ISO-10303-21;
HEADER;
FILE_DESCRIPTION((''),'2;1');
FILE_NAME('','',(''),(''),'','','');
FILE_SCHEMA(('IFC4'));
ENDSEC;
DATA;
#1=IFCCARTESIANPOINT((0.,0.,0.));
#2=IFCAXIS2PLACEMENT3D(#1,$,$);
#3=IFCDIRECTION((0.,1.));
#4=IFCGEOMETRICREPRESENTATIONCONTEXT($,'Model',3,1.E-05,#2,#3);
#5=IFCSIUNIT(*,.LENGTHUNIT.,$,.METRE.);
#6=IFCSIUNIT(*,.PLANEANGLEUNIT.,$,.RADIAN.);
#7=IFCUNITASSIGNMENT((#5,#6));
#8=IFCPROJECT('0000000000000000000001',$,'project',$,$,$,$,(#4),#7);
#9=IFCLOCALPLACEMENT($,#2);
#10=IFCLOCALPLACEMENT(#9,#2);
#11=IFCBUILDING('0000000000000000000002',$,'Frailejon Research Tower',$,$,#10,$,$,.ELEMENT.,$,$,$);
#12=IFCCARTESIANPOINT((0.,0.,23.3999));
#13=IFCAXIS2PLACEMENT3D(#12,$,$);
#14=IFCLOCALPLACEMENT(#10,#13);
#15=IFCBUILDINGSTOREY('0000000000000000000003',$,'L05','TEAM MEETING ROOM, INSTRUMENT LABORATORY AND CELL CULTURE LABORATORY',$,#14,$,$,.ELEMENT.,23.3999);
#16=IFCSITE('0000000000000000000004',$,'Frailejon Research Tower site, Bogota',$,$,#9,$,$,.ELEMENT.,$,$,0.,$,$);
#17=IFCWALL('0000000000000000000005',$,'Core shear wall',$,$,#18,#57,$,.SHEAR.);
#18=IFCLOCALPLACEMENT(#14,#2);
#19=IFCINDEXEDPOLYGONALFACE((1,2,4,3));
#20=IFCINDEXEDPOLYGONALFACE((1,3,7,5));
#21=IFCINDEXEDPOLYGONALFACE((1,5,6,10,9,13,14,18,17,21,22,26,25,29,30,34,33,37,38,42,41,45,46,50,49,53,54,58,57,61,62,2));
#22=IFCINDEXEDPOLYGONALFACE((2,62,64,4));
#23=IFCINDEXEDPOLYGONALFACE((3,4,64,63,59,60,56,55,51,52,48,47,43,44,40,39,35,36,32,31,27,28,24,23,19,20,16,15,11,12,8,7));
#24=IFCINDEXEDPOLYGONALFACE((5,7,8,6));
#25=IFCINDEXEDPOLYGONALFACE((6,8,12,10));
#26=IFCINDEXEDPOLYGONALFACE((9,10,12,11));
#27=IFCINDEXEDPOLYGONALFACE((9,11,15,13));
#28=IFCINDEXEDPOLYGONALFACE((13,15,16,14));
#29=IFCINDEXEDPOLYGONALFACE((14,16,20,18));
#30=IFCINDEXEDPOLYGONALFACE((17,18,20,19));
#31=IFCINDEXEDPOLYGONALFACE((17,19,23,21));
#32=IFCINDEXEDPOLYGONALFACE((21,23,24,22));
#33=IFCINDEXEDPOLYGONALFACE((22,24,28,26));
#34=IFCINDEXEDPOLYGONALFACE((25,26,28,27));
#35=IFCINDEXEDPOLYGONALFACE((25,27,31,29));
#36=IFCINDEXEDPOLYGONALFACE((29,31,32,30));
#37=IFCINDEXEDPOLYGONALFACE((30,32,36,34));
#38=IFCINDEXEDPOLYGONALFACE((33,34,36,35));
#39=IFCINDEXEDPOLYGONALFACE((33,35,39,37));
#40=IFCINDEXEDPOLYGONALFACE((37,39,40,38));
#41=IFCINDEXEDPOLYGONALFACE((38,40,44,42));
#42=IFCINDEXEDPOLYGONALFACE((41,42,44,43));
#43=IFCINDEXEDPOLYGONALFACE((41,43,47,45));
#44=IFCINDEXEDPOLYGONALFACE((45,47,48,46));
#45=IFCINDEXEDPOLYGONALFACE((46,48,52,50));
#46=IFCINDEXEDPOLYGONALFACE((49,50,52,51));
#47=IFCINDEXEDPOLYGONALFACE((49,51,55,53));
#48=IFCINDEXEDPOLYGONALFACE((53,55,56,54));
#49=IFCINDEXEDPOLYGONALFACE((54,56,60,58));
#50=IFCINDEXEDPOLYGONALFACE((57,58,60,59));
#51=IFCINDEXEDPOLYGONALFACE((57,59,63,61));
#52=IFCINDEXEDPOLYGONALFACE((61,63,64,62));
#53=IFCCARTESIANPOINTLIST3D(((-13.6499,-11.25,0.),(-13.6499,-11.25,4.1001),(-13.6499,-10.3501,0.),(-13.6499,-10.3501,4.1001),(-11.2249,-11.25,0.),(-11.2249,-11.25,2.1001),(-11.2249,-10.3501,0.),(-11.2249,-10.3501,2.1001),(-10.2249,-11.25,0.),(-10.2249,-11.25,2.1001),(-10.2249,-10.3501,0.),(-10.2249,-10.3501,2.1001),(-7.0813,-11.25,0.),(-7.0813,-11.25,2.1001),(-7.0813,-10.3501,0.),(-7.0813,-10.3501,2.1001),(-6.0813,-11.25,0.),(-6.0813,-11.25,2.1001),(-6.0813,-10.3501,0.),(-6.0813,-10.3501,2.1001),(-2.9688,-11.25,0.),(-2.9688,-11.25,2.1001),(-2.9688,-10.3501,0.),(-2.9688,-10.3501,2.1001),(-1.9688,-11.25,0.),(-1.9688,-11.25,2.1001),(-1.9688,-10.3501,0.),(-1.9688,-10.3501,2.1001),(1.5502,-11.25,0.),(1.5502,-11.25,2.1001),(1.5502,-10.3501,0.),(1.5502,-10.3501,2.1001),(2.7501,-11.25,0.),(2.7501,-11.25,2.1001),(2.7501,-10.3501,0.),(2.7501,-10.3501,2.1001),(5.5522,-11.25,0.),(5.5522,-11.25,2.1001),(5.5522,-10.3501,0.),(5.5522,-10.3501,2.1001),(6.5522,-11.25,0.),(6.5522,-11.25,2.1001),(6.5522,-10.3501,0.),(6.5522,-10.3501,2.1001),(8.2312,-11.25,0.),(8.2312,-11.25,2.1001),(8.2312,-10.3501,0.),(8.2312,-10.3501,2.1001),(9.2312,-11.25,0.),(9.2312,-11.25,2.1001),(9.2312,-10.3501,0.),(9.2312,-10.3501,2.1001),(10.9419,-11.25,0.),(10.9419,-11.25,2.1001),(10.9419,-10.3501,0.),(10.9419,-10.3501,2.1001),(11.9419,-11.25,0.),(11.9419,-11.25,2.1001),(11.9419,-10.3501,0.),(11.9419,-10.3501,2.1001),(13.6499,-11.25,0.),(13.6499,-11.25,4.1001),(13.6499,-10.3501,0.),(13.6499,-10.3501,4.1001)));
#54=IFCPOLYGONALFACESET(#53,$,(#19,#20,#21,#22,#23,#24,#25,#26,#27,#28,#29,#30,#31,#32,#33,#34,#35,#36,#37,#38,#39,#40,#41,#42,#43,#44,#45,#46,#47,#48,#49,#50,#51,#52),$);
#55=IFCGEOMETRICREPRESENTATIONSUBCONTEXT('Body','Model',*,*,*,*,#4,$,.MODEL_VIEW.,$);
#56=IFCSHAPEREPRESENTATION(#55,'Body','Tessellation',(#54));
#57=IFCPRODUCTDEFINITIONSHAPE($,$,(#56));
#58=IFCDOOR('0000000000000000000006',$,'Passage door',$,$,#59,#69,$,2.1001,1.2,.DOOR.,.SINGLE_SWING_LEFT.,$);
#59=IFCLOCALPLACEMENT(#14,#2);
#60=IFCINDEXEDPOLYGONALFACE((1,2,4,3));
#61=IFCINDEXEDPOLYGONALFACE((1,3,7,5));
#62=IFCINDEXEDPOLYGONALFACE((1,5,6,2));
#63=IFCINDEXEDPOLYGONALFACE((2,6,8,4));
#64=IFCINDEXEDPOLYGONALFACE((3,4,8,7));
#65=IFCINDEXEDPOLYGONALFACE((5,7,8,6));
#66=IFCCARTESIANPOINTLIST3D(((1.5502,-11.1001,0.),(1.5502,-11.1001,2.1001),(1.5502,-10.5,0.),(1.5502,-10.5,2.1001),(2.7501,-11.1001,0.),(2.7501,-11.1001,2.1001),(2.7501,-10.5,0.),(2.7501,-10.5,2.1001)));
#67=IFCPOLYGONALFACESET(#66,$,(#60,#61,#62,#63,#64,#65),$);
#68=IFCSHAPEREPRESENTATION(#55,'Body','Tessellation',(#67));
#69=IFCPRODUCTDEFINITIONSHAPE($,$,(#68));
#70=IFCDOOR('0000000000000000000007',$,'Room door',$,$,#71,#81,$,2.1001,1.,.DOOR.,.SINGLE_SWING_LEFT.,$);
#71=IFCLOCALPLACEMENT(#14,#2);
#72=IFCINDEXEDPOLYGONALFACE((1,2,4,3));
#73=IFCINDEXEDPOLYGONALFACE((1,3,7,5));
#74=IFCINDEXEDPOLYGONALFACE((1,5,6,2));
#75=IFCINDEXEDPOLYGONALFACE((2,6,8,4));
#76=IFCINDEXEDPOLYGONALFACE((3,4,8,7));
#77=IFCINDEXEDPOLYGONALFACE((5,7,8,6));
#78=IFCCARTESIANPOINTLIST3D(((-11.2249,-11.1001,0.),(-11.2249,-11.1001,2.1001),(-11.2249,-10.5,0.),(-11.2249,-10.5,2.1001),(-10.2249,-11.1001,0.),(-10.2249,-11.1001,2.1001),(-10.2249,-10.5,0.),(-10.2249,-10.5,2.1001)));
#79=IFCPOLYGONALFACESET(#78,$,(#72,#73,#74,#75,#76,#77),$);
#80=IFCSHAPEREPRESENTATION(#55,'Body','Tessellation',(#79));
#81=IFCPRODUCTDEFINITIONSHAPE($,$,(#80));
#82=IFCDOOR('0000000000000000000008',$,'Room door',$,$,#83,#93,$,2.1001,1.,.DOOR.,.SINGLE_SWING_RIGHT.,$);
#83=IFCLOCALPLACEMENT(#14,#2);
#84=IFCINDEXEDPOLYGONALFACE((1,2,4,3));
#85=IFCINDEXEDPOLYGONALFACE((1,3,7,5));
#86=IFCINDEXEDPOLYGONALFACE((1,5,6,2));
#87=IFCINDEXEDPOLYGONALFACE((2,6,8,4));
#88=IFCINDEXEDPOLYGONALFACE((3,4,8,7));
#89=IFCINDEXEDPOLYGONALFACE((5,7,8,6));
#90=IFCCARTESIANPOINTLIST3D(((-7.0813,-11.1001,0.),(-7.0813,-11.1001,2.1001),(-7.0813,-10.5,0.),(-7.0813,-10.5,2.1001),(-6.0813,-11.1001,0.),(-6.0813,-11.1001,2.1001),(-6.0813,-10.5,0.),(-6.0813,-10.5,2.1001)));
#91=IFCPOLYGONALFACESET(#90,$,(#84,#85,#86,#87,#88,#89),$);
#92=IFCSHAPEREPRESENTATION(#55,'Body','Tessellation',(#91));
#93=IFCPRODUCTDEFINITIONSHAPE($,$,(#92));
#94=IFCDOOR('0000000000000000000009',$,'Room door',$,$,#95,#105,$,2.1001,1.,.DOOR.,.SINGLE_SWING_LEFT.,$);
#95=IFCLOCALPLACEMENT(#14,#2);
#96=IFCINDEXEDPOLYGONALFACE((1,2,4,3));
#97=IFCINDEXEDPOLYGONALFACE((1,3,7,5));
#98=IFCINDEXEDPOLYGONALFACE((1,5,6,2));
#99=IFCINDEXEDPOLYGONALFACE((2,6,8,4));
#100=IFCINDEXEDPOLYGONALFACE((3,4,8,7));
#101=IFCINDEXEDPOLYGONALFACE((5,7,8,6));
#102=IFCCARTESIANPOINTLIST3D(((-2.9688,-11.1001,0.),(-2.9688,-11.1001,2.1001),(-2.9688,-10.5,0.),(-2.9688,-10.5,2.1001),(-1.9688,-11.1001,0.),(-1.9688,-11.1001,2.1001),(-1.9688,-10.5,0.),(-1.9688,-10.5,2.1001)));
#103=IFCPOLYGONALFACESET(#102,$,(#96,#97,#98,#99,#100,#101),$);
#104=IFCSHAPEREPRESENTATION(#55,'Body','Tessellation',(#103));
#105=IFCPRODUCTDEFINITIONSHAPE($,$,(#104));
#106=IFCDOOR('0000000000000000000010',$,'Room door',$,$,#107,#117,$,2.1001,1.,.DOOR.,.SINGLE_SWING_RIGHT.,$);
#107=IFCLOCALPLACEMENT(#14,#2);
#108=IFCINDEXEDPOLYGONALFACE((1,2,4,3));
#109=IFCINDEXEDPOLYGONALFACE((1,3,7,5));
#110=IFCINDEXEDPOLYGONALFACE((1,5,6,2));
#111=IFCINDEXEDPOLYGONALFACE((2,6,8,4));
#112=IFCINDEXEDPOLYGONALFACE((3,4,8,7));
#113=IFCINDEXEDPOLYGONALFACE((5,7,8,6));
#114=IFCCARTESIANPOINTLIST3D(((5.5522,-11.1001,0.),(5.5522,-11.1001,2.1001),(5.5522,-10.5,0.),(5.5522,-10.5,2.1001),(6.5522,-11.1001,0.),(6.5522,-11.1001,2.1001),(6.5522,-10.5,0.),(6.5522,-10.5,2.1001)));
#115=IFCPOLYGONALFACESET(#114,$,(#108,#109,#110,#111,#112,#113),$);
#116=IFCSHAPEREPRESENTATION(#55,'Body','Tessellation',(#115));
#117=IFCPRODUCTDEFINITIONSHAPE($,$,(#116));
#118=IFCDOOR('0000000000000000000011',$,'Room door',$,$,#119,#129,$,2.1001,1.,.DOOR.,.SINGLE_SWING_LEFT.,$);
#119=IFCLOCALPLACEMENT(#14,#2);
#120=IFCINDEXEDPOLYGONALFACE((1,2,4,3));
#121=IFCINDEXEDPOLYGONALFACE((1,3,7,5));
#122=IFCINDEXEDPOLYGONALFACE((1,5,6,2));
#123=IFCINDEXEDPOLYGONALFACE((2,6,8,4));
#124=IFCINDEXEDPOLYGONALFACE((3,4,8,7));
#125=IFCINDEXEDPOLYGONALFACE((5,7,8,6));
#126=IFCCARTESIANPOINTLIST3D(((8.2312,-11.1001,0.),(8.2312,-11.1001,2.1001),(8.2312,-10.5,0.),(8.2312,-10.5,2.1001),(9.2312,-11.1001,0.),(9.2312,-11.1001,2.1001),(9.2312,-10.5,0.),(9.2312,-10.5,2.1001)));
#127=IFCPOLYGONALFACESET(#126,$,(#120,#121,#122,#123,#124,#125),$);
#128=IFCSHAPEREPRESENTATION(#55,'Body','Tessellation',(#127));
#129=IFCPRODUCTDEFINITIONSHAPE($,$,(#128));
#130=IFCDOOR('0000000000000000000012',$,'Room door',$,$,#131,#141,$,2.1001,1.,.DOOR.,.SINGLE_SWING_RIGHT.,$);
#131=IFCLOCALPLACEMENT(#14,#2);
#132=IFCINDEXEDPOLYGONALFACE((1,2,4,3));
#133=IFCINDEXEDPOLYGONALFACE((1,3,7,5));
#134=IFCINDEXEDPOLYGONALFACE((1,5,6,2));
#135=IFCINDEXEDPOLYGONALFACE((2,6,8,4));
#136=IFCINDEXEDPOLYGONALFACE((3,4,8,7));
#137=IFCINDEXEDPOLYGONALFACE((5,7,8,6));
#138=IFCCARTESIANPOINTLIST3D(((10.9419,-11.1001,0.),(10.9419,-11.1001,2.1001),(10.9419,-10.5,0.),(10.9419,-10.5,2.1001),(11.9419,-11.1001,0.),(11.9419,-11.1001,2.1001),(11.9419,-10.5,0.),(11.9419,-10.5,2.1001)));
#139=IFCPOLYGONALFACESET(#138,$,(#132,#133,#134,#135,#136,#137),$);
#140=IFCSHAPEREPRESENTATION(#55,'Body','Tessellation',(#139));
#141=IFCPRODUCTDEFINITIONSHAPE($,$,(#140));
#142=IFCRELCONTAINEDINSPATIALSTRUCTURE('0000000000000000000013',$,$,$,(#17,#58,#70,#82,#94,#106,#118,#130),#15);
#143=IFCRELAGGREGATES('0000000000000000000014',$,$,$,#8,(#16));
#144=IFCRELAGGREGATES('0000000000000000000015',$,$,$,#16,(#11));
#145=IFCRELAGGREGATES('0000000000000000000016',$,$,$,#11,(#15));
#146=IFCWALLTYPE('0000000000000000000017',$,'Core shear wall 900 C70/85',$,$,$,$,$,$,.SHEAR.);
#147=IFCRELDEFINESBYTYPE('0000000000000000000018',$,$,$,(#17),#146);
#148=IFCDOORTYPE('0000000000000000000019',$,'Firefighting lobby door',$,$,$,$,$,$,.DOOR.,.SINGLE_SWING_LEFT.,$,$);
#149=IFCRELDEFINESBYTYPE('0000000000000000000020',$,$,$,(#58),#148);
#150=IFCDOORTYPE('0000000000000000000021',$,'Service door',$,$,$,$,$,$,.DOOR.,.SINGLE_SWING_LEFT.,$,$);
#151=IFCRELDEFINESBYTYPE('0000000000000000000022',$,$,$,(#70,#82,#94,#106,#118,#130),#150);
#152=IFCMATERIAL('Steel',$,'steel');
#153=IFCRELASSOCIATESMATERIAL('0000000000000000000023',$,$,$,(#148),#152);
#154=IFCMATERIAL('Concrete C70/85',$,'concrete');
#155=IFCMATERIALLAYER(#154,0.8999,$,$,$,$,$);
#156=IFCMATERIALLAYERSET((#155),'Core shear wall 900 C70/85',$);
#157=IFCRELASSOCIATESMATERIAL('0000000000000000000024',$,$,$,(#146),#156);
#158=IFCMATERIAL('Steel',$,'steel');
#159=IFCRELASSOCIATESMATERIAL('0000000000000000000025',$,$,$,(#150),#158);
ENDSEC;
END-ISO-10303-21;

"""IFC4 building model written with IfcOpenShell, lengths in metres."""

from ifc_helpers import new_model, si_unit, direction, frame, frame_2d, origin, place, context, subcontext, project, spatial, rectangle, extrude, material, layer, layer_set, type_object, element, fill, save


model = new_model("IFC4")

# Units and contexts
model_context = context("Model", 3, precision=1e-05, world=origin(), true_north=direction((0.0, 1.0)))
body_context = subcontext(model_context, "Body", "Model", "MODEL_VIEW")
ifc_project = project(units=[si_unit("LENGTHUNIT", "METRE"), si_unit("PLANEANGLEUNIT", "RADIAN")], contexts=[model_context])

# Site, building, storey
site_placement = place(None, origin())
site = spatial("IfcSite", under=ifc_project, at=site_placement, Name="Frailejon Research Tower site, Bogota", CompositionType="ELEMENT", RefElevation=0.0)
building_placement = place(site_placement, origin())
building = spatial("IfcBuilding", under=site, at=building_placement, Name="Frailejon Research Tower", CompositionType="ELEMENT")
storey_placement = place(building_placement, frame((0.0, 0.0, 23.3999)))
storey = spatial("IfcBuildingStorey", under=building, at=storey_placement, Name="L05", Description="TEAM MEETING ROOM, INSTRUMENT LABORATORY AND CELL CULTURE LABORATORY", CompositionType="ELEMENT", Elevation=23.3999)

# Shared definitions
ifc_material_1 = material(Name="Steel", Category="steel")
door_type_1 = type_object("IfcDoorType", Name="Firefighting lobby door", OperationType="SINGLE_SWING_LEFT", PredefinedType="DOOR", material=ifc_material_1)

# Wall, openings, doors
ifc_material_2 = material(Name="Concrete C70/85", Category="concrete")
ifc_layer_1 = layer(ifc_material_2, 0.8999)
ifc_layer_set_1 = layer_set([ifc_layer_1], Name="Core shear wall 900 C70/85")
wall_type_1 = type_object("IfcWallType", Name="Core shear wall 900 C70/85", PredefinedType="SHEAR", material=ifc_layer_set_1)
wall_1_placement = place(storey_placement, frame((-13.6499, -10.8, 0.0), z_axis=(0.0, 0.0, 1.0), x_axis=(1.0, 0.0, 0.0)))
wall_1 = element("IfcWall", 1, at=wall_1_placement, inside=storey, type_object=wall_type_1, Name="Core shear wall", PredefinedType="SHEAR", context=body_context, shape_type="SweptSolid", body=[
    extrude(rectangle(XDim=27.2998, YDim=0.8999, at=frame_2d((13.6499, 0.0))), origin(), (0.0, 0.0, 1.0), 4.1001),
])
opening_1_placement = place(wall_1_placement, frame((2.425, 0.0, 0.0)))
opening_1 = element("IfcOpeningElement", 2, at=opening_1_placement, cuts=wall_1, PredefinedType="OPENING", context=body_context, shape_type="SweptSolid", body=[
    extrude(rectangle(XDim=1.0, YDim=2.1001, at=frame_2d((0.5, 1.05))), frame((0.0, 0.46, 0.0), z_axis=(0.0, -1.0, 0.0), x_axis=(1.0, 0.0, 0.0)), (0.0, 0.0, 1.0), 0.9199),
])
opening_2_placement = place(wall_1_placement, frame((6.5686, 0.0, 0.0)))
opening_2 = element("IfcOpeningElement", 3, at=opening_2_placement, cuts=wall_1, PredefinedType="OPENING", context=body_context, shape_type="SweptSolid", body=[
    extrude(rectangle(XDim=1.0, YDim=2.1001, at=frame_2d((0.5, 1.05))), frame((0.0, 0.46, 0.0), z_axis=(0.0, -1.0, 0.0), x_axis=(1.0, 0.0, 0.0)), (0.0, 0.0, 1.0), 0.9199),
])
opening_3_placement = place(wall_1_placement, frame((10.6812, 0.0, 0.0)))
opening_3 = element("IfcOpeningElement", 4, at=opening_3_placement, cuts=wall_1, PredefinedType="OPENING", context=body_context, shape_type="SweptSolid", body=[
    extrude(rectangle(XDim=1.0, YDim=2.1001, at=frame_2d((0.5, 1.05))), frame((0.0, 0.46, 0.0), z_axis=(0.0, -1.0, 0.0), x_axis=(1.0, 0.0, 0.0)), (0.0, 0.0, 1.0), 0.9199),
])
opening_4_placement = place(wall_1_placement, frame((19.2021, 0.0, 0.0)))
opening_4 = element("IfcOpeningElement", 5, at=opening_4_placement, cuts=wall_1, PredefinedType="OPENING", context=body_context, shape_type="SweptSolid", body=[
    extrude(rectangle(XDim=1.0, YDim=2.1001, at=frame_2d((0.5, 1.05))), frame((0.0, 0.46, 0.0), z_axis=(0.0, -1.0, 0.0), x_axis=(1.0, 0.0, 0.0)), (0.0, 0.0, 1.0), 0.9199),
])
opening_5_placement = place(wall_1_placement, frame((21.8811, 0.0, 0.0)))
opening_5 = element("IfcOpeningElement", 6, at=opening_5_placement, cuts=wall_1, PredefinedType="OPENING", context=body_context, shape_type="SweptSolid", body=[
    extrude(rectangle(XDim=1.0, YDim=2.1001, at=frame_2d((0.5, 1.05))), frame((0.0, 0.46, 0.0), z_axis=(0.0, -1.0, 0.0), x_axis=(1.0, 0.0, 0.0)), (0.0, 0.0, 1.0), 0.9199),
])
opening_6_placement = place(wall_1_placement, frame((24.5918, 0.0, 0.0)))
opening_6 = element("IfcOpeningElement", 7, at=opening_6_placement, cuts=wall_1, PredefinedType="OPENING", context=body_context, shape_type="SweptSolid", body=[
    extrude(rectangle(XDim=1.0, YDim=2.1001, at=frame_2d((0.5, 1.05))), frame((0.0, 0.46, 0.0), z_axis=(0.0, -1.0, 0.0), x_axis=(1.0, 0.0, 0.0)), (0.0, 0.0, 1.0), 0.9199),
])
opening_7_placement = place(wall_1_placement, frame((15.2, 0.0, 0.0)))
opening_7 = element("IfcOpeningElement", 8, at=opening_7_placement, cuts=wall_1, PredefinedType="OPENING", context=body_context, shape_type="SweptSolid", body=[
    extrude(rectangle(XDim=1.2, YDim=2.1001, at=frame_2d((0.6001, 1.05))), frame((0.0, 0.46, 0.0), z_axis=(0.0, -1.0, 0.0), x_axis=(1.0, 0.0, 0.0)), (0.0, 0.0, 1.0), 0.9199),
])
door_1_placement = place(opening_7_placement, origin())
door_1 = element("IfcDoor", 9, at=door_1_placement, inside=storey, type_object=door_type_1, Name="Passage door", OperationType="SINGLE_SWING_LEFT", OverallHeight=2.1001, OverallWidth=1.2, PredefinedType="DOOR", context=body_context, shape_type="SweptSolid", body=[
    extrude(rectangle(XDim=1.2, YDim=2.1001, at=frame_2d((0.6001, 1.05))), frame((0.0, 0.3, 0.0), z_axis=(0.0, -1.0, 0.0), x_axis=(1.0, 0.0, 0.0)), (0.0, 0.0, 1.0), 0.6001),
])
fill(opening_7, door_1)
ifc_material_3 = material(Name="Steel", Category="steel")
door_type_2 = type_object("IfcDoorType", Name="Service door", OperationType="SINGLE_SWING_LEFT", PredefinedType="DOOR", material=ifc_material_3)
door_2_placement = place(opening_1_placement, origin())
door_2 = element("IfcDoor", 10, at=door_2_placement, inside=storey, type_object=door_type_2, Name="Room door", OperationType="SINGLE_SWING_LEFT", OverallHeight=2.1001, OverallWidth=1.0, PredefinedType="DOOR", context=body_context, shape_type="SweptSolid", body=[
    extrude(rectangle(XDim=1.0, YDim=2.1001, at=frame_2d((0.5, 1.05))), frame((0.0, 0.3, 0.0), z_axis=(0.0, -1.0, 0.0), x_axis=(1.0, 0.0, 0.0)), (0.0, 0.0, 1.0), 0.6001),
])
fill(opening_1, door_2)
door_3_placement = place(opening_2_placement, origin())
door_3 = element("IfcDoor", 11, at=door_3_placement, inside=storey, type_object=door_type_2, Name="Room door", OperationType="SINGLE_SWING_RIGHT", OverallHeight=2.1001, OverallWidth=1.0, PredefinedType="DOOR", context=body_context, shape_type="SweptSolid", body=[
    extrude(rectangle(XDim=1.0, YDim=2.1001, at=frame_2d((0.5, 1.05))), frame((0.0, 0.3, 0.0), z_axis=(0.0, -1.0, 0.0), x_axis=(1.0, 0.0, 0.0)), (0.0, 0.0, 1.0), 0.6001),
])
fill(opening_2, door_3)
door_4_placement = place(opening_3_placement, origin())
door_4 = element("IfcDoor", 12, at=door_4_placement, inside=storey, type_object=door_type_2, Name="Room door", OperationType="SINGLE_SWING_LEFT", OverallHeight=2.1001, OverallWidth=1.0, PredefinedType="DOOR", context=body_context, shape_type="SweptSolid", body=[
    extrude(rectangle(XDim=1.0, YDim=2.1001, at=frame_2d((0.5, 1.05))), frame((0.0, 0.3, 0.0), z_axis=(0.0, -1.0, 0.0), x_axis=(1.0, 0.0, 0.0)), (0.0, 0.0, 1.0), 0.6001),
])
fill(opening_3, door_4)
door_5_placement = place(opening_4_placement, origin())
door_5 = element("IfcDoor", 13, at=door_5_placement, inside=storey, type_object=door_type_2, Name="Room door", OperationType="SINGLE_SWING_RIGHT", OverallHeight=2.1001, OverallWidth=1.0, PredefinedType="DOOR", context=body_context, shape_type="SweptSolid", body=[
    extrude(rectangle(XDim=1.0, YDim=2.1001, at=frame_2d((0.5, 1.05))), frame((0.0, 0.3, 0.0), z_axis=(0.0, -1.0, 0.0), x_axis=(1.0, 0.0, 0.0)), (0.0, 0.0, 1.0), 0.6001),
])
fill(opening_4, door_5)
door_6_placement = place(opening_5_placement, origin())
door_6 = element("IfcDoor", 14, at=door_6_placement, inside=storey, type_object=door_type_2, Name="Room door", OperationType="SINGLE_SWING_LEFT", OverallHeight=2.1001, OverallWidth=1.0, PredefinedType="DOOR", context=body_context, shape_type="SweptSolid", body=[
    extrude(rectangle(XDim=1.0, YDim=2.1001, at=frame_2d((0.5, 1.05))), frame((0.0, 0.3, 0.0), z_axis=(0.0, -1.0, 0.0), x_axis=(1.0, 0.0, 0.0)), (0.0, 0.0, 1.0), 0.6001),
])
fill(opening_5, door_6)
door_7_placement = place(opening_6_placement, origin())
door_7 = element("IfcDoor", 15, at=door_7_placement, inside=storey, type_object=door_type_2, Name="Room door", OperationType="SINGLE_SWING_RIGHT", OverallHeight=2.1001, OverallWidth=1.0, PredefinedType="DOOR", context=body_context, shape_type="SweptSolid", body=[
    extrude(rectangle(XDim=1.0, YDim=2.1001, at=frame_2d((0.5, 1.05))), frame((0.0, 0.3, 0.0), z_axis=(0.0, -1.0, 0.0), x_axis=(1.0, 0.0, 0.0)), (0.0, 0.0, 1.0), 0.6001),
])
fill(opening_6, door_7)

save(model, "model.ifc")
